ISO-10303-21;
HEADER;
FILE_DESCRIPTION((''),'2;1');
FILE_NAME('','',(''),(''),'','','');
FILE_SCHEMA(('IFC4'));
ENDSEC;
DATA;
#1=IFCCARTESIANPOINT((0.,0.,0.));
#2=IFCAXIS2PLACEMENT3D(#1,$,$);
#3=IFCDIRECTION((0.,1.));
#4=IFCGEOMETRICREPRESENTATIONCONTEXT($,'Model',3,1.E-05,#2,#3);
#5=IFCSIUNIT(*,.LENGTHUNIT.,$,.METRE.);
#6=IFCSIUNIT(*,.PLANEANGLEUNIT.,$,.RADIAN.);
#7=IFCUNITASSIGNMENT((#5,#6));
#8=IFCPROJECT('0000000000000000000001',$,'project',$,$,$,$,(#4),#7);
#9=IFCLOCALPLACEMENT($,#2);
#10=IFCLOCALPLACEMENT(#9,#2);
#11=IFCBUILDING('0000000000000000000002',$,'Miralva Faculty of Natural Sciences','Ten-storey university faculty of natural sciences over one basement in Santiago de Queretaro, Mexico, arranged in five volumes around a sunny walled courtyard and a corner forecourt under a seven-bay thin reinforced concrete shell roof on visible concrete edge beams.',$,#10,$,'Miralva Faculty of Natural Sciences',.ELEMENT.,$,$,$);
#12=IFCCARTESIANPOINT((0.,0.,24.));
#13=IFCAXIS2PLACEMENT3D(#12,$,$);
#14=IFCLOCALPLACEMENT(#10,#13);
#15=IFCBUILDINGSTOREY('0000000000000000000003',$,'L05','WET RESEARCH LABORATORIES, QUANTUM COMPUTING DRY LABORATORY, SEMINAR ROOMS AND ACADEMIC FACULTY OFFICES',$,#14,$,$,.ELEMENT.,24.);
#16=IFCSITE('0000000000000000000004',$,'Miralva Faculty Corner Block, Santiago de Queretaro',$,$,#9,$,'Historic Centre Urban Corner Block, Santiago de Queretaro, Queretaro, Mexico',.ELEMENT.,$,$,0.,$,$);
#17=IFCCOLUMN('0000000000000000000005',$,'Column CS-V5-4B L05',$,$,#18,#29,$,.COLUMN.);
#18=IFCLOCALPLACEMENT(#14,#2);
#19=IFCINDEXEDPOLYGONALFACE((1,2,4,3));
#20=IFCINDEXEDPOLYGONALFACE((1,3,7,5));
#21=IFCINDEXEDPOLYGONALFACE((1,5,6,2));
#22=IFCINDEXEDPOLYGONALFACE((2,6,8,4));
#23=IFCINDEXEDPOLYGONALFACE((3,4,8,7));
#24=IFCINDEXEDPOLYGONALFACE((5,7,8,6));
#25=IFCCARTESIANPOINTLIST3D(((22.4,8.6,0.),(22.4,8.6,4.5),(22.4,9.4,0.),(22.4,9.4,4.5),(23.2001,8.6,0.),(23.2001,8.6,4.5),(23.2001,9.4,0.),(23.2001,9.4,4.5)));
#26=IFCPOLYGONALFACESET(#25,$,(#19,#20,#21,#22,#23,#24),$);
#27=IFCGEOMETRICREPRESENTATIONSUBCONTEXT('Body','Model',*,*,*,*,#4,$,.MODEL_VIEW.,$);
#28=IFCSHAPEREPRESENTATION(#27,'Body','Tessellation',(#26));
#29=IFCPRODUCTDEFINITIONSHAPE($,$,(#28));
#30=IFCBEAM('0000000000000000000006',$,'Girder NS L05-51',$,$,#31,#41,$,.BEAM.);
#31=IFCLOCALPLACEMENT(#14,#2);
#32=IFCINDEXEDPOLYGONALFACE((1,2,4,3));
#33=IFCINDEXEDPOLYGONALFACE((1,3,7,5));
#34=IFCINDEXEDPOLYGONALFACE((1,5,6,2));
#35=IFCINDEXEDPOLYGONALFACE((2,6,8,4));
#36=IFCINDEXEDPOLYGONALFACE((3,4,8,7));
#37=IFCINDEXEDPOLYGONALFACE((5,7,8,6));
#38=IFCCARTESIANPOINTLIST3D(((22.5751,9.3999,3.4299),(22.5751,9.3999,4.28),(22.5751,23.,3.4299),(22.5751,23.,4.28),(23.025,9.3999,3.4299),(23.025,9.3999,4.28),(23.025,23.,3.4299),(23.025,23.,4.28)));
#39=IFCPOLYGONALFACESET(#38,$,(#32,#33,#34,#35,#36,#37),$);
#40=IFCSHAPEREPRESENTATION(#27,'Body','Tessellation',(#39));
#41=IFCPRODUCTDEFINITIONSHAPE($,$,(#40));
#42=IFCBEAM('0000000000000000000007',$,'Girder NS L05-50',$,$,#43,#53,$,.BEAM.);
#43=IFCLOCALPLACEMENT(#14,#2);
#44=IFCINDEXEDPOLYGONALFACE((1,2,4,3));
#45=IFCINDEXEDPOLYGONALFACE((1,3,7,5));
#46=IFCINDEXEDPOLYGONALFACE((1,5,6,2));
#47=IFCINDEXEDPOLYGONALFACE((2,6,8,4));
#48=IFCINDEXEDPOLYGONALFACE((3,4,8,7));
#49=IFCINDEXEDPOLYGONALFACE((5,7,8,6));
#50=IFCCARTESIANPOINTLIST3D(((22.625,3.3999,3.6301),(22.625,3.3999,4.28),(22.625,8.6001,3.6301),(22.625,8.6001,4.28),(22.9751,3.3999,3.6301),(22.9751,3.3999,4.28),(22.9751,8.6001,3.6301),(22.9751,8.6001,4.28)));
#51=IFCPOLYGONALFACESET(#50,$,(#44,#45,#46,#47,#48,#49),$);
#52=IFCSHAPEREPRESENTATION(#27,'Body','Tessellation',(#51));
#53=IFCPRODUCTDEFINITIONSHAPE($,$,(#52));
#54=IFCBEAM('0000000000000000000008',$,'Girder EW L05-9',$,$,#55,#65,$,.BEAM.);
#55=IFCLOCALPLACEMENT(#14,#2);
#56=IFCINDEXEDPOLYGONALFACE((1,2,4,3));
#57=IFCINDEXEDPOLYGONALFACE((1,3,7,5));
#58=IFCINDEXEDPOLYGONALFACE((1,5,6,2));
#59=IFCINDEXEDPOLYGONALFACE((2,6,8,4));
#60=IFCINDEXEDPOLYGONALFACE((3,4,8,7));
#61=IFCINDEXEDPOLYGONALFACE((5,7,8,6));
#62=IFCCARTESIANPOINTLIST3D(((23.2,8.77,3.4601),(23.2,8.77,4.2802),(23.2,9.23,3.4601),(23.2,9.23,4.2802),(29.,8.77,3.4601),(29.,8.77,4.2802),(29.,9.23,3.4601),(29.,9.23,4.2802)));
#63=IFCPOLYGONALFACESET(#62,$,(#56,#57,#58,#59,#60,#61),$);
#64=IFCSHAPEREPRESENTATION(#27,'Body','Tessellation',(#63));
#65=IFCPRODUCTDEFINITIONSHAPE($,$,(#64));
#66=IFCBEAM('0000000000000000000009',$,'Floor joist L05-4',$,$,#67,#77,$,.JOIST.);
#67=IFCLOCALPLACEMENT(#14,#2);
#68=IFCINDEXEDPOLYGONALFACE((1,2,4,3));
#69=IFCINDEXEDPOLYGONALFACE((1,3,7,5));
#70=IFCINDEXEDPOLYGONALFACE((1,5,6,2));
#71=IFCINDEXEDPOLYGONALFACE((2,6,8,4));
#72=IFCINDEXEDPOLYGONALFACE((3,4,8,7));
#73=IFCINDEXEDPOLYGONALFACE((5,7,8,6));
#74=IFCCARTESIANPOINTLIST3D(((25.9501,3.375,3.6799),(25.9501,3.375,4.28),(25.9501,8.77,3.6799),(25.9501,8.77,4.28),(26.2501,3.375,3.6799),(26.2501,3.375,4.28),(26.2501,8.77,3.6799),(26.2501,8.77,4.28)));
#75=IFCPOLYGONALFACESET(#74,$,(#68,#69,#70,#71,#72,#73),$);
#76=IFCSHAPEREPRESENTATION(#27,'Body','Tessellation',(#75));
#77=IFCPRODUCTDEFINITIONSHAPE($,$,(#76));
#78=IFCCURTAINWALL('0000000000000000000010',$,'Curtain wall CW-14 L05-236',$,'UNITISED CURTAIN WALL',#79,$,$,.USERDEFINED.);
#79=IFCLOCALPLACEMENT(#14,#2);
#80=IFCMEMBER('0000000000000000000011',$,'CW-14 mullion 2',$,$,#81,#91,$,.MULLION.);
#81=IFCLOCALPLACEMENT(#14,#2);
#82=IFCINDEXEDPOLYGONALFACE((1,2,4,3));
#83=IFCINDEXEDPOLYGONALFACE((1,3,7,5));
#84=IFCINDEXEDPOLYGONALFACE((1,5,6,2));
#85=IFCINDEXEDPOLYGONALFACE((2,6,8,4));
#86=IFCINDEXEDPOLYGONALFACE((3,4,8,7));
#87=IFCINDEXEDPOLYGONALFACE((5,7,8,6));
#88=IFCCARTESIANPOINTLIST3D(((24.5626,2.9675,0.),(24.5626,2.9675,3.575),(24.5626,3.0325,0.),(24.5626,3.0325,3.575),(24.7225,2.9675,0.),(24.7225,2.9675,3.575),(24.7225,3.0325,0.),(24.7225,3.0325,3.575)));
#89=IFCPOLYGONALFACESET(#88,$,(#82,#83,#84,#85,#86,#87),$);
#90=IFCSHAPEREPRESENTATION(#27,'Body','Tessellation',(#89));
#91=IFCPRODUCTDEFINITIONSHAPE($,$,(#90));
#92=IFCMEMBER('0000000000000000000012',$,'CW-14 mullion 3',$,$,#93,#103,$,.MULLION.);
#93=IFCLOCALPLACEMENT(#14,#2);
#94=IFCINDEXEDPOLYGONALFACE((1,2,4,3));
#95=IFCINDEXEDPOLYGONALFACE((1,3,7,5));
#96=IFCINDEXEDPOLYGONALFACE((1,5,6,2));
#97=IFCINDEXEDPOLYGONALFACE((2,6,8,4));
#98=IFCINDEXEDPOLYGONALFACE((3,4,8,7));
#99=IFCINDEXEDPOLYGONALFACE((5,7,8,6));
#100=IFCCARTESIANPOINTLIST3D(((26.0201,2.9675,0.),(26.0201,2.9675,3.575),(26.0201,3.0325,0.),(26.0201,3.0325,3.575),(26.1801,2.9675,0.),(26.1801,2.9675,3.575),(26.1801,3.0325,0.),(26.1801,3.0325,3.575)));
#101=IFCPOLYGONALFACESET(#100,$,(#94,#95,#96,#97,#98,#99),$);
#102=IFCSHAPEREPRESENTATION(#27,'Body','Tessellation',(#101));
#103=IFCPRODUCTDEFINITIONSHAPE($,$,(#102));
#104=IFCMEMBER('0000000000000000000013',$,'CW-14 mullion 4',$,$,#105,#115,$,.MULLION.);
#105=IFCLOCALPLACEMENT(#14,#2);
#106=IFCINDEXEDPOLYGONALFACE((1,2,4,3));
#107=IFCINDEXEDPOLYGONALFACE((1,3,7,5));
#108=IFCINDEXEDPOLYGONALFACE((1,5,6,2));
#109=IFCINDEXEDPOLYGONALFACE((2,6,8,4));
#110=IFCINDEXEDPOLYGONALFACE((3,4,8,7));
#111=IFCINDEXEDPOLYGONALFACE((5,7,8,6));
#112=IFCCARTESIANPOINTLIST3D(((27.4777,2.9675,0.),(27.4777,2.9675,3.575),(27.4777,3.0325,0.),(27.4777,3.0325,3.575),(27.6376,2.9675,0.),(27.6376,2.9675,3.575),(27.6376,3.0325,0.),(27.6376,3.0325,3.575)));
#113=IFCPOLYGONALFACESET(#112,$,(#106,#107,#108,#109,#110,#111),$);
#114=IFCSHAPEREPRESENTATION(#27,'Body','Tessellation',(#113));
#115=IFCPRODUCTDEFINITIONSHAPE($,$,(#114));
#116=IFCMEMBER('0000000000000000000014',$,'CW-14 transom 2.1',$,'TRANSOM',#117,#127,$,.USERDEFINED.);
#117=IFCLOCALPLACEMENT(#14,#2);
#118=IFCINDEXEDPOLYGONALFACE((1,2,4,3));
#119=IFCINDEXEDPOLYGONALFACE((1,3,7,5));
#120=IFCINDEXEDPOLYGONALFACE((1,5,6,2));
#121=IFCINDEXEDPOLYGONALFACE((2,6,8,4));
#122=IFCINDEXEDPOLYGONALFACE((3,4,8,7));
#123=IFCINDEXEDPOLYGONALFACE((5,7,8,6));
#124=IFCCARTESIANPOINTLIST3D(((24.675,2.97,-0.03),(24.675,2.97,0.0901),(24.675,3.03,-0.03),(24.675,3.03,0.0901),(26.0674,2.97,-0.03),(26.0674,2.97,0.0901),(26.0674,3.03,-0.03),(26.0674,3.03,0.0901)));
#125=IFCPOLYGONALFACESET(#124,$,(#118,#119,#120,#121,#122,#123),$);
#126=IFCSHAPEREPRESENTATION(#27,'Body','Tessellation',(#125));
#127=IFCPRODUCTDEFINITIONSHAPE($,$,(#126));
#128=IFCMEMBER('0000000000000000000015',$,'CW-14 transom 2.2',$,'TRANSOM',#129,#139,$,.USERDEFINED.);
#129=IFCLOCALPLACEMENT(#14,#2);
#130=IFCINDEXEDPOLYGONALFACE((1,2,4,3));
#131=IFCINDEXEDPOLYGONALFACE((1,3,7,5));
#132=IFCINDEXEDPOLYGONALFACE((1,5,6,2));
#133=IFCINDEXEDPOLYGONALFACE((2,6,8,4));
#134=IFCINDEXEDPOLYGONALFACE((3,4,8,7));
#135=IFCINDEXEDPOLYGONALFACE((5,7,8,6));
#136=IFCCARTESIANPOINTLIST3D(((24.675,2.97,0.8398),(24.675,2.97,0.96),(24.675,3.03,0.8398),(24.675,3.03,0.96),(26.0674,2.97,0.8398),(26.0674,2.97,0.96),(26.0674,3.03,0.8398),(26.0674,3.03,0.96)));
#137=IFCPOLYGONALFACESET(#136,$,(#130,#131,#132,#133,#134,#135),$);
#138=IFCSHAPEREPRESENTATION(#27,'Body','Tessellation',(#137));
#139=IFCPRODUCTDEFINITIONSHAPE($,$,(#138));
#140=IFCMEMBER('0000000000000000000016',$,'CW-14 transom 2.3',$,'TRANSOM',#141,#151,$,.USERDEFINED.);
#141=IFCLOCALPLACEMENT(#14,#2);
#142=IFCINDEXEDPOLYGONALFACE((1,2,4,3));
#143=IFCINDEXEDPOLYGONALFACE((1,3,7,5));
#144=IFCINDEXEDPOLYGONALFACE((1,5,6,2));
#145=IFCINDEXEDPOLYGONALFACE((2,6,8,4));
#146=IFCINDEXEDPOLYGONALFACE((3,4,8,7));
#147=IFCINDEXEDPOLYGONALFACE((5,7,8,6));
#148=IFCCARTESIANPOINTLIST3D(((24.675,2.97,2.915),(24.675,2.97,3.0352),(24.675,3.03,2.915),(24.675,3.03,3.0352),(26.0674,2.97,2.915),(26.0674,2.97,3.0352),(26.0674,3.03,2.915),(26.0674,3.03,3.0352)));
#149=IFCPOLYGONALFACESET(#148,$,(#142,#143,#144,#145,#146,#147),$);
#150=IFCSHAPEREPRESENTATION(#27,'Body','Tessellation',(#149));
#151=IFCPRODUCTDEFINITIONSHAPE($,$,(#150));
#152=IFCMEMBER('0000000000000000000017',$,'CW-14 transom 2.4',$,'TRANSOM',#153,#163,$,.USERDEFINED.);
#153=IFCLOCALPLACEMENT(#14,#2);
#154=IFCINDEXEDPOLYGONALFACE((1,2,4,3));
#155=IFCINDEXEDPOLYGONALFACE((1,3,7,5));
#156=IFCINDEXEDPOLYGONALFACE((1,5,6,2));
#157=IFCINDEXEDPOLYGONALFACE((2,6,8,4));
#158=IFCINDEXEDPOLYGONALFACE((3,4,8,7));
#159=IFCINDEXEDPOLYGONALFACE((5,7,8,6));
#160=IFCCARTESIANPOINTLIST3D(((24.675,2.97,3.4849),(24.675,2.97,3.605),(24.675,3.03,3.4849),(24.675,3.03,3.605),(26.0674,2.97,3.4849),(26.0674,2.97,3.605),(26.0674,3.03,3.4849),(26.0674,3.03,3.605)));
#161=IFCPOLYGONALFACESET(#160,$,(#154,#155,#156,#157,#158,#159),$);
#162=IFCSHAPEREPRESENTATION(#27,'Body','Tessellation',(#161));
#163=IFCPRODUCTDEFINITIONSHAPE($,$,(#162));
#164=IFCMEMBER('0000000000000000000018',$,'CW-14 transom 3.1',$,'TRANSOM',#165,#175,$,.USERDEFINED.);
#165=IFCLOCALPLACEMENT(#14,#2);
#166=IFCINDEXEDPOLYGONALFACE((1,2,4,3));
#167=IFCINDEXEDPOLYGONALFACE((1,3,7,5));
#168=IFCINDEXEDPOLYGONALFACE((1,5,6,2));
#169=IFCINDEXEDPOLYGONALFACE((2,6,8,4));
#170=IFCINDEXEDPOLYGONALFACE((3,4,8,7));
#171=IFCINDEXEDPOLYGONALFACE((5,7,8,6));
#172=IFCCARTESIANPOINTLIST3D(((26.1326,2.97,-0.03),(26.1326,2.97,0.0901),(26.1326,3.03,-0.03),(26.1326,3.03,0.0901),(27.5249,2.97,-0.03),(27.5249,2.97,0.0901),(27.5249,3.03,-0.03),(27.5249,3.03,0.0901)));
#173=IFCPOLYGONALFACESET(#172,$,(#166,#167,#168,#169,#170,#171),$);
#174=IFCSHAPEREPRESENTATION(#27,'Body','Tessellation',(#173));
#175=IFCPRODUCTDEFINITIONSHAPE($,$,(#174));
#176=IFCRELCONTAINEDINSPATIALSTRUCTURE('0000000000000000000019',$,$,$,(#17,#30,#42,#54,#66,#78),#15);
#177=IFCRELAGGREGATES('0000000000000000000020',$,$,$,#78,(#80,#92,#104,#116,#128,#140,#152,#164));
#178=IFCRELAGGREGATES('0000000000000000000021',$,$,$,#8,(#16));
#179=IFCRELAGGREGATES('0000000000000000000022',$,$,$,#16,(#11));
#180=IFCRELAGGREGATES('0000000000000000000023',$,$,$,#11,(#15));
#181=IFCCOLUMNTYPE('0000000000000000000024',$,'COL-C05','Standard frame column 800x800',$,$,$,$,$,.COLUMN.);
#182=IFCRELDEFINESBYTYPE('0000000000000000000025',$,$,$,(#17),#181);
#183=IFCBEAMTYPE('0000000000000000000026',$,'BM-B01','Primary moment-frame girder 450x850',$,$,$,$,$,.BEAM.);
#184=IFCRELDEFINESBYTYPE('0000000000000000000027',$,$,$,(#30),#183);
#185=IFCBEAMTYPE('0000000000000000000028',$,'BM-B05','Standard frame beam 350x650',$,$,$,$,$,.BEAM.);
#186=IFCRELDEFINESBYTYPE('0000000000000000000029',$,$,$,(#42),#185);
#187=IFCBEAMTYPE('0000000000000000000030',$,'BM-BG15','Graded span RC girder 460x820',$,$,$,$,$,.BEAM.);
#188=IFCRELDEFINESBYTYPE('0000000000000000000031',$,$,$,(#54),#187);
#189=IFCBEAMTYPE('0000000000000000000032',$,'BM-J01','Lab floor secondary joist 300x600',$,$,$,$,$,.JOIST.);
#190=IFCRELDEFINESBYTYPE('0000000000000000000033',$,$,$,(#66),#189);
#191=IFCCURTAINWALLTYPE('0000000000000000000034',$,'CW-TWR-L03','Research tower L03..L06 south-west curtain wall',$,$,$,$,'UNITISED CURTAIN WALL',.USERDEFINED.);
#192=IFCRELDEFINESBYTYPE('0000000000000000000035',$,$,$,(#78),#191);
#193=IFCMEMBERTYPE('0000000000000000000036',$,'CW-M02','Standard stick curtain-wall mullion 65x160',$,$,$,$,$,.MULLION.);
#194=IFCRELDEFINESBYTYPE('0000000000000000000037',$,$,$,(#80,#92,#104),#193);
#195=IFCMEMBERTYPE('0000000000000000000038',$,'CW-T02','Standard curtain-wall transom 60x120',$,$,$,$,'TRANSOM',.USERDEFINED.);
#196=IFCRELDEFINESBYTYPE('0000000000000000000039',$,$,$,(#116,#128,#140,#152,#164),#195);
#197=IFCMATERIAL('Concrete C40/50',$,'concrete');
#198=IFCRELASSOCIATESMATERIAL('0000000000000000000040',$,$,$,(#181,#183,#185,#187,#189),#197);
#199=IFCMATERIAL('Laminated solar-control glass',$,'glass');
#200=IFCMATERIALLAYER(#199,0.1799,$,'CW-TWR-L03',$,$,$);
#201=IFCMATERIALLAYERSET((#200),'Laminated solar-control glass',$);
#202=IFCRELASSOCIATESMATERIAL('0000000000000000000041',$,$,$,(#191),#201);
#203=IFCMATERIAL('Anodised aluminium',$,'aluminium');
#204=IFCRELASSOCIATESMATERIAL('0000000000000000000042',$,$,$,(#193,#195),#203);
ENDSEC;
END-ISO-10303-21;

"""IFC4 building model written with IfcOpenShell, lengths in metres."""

from ifc_helpers import new_model, si_unit, direction, frame, origin, origin_2d, place, context, subcontext, project, spatial, rectangle, extrude, material, layer, layer_set, material_profile, profile_set, type_object, element, aggregate, save


model = new_model("IFC4")

# Units and contexts
model_context = context("Model", 3, precision=1e-05, world=origin(), true_north=direction((0.0, 1.0)))
body_context = subcontext(model_context, "Body", "Model", "MODEL_VIEW")
ifc_project = project(units=[si_unit("LENGTHUNIT", "METRE"), si_unit("PLANEANGLEUNIT", "RADIAN")], contexts=[model_context])

# Site, building, storey
site_placement = place(None, origin())
site = spatial("IfcSite", under=ifc_project, at=site_placement, Name="Miralva Faculty Corner Block, Santiago de Queretaro", LongName="Historic Centre Urban Corner Block, Santiago de Queretaro, Queretaro, Mexico", CompositionType="ELEMENT", RefElevation=0.0)
building_placement = place(site_placement, origin())
building = spatial("IfcBuilding", under=site, at=building_placement, Name="Miralva Faculty of Natural Sciences", Description="Ten-storey university faculty of natural sciences over one basement in Santiago de Queretaro, Mexico, arranged in five volumes around a sunny walled courtyard and a corner forecourt under a seven-bay thin reinforced concrete shell roof on visible concrete edge beams.", LongName="Miralva Faculty of Natural Sciences", CompositionType="ELEMENT")
storey_placement = place(building_placement, frame((0.0, 0.0, 24.0)))
storey = spatial("IfcBuildingStorey", under=building, at=storey_placement, Name="L05", Description="WET RESEARCH LABORATORIES, QUANTUM COMPUTING DRY LABORATORY, SEMINAR ROOMS AND ACADEMIC FACULTY OFFICES", CompositionType="ELEMENT", Elevation=24.0)

# Column
ifc_material_1 = material(Name="Concrete C40/50", Category="concrete")
ifc_material_profile_1 = material_profile(ifc_material_1, rectangle(XDim=0.8, YDim=0.8, at=origin_2d()), Name="RC 800x800")
ifc_profile_set_1 = profile_set([ifc_material_profile_1], Name="Concrete C40/50")
column_type = type_object("IfcColumnType", Name="COL-C05", Description="Standard frame column 800x800", PredefinedType="COLUMN", material=ifc_profile_set_1)
column_placement = place(storey_placement, frame((22.8, 9.0, 0.0), z_axis=(0.0, 0.0, 1.0), x_axis=(1.0, 0.0, 0.0)))
element("IfcColumn", 1, at=column_placement, inside=storey, type_object=column_type, Name="Column CS-V5-4B L05", PredefinedType="COLUMN", context=body_context, shape_type="SweptSolid", body=[
    extrude(rectangle(XDim=0.8, YDim=0.8, at=origin_2d()), origin(), (0.0, 0.0, 1.0), 4.5),
])

# Beams
ifc_material_profile_2 = material_profile(ifc_material_1, rectangle(XDim=0.45, YDim=0.8501, at=origin_2d()), Name="RC 450x850")
ifc_profile_set_2 = profile_set([ifc_material_profile_2], Name="Concrete C40/50")
beam_type_1 = type_object("IfcBeamType", Name="BM-B01", Description="Primary moment-frame girder 450x850", PredefinedType="BEAM", material=ifc_profile_set_2)
beam_1_placement = place(storey_placement, frame((22.8, 9.3999, 3.855), z_axis=(0.0, 1.0, 0.0), x_axis=(-1.0, 0.0, 0.0)))
element("IfcBeam", 2, at=beam_1_placement, inside=storey, type_object=beam_type_1, Name="Girder NS L05-51", PredefinedType="BEAM", context=body_context, shape_type="SweptSolid", body=[
    extrude(rectangle(XDim=0.45, YDim=0.8501, at=origin_2d()), origin(), (0.0, 0.0, 1.0), 13.6001),
])
ifc_material_profile_3 = material_profile(ifc_material_1, rectangle(XDim=0.3501, YDim=0.6499, at=origin_2d()), Name="RC 350x650")
ifc_profile_set_3 = profile_set([ifc_material_profile_3], Name="Concrete C40/50")
beam_type_2 = type_object("IfcBeamType", Name="BM-B05", Description="Standard frame beam 350x650", PredefinedType="BEAM", material=ifc_profile_set_3)
beam_2_placement = place(storey_placement, frame((22.8, 3.3999, 3.9551), z_axis=(0.0, 1.0, 0.0), x_axis=(-1.0, 0.0, 0.0)))
element("IfcBeam", 3, at=beam_2_placement, inside=storey, type_object=beam_type_2, Name="Girder NS L05-50", PredefinedType="BEAM", context=body_context, shape_type="SweptSolid", body=[
    extrude(rectangle(XDim=0.3501, YDim=0.6499, at=origin_2d()), origin(), (0.0, 0.0, 1.0), 5.2002),
])
ifc_material_profile_4 = material_profile(ifc_material_1, rectangle(XDim=0.46, YDim=0.8201, at=origin_2d()), Name="RC 460x820")
ifc_profile_set_4 = profile_set([ifc_material_profile_4], Name="Concrete C40/50")
beam_type_3 = type_object("IfcBeamType", Name="BM-BG15", Description="Graded span RC girder 460x820", PredefinedType="BEAM", material=ifc_profile_set_4)
beam_3_placement = place(storey_placement, frame((23.2, 9.0, 3.8701), z_axis=(1.0, 0.0, 0.0), x_axis=(0.0, 1.0, 0.0)))
element("IfcBeam", 4, at=beam_3_placement, inside=storey, type_object=beam_type_3, Name="Girder EW L05-9", PredefinedType="BEAM", context=body_context, shape_type="SweptSolid", body=[
    extrude(rectangle(XDim=0.46, YDim=0.8201, at=origin_2d()), origin(), (0.0, 0.0, 1.0), 5.8),
])
ifc_material_profile_5 = material_profile(ifc_material_1, rectangle(XDim=0.3, YDim=0.6001, at=origin_2d()), Name="RC 300x600")
ifc_profile_set_5 = profile_set([ifc_material_profile_5], Name="Concrete C40/50")
beam_type_4 = type_object("IfcBeamType", Name="BM-J01", Description="Lab floor secondary joist 300x600", PredefinedType="JOIST", material=ifc_profile_set_5)
beam_4_placement = place(storey_placement, frame((26.1001, 3.375, 3.98), z_axis=(0.0, 1.0, 0.0), x_axis=(-1.0, 0.0, 0.0)))
element("IfcBeam", 5, at=beam_4_placement, inside=storey, type_object=beam_type_4, Name="Floor joist L05-4", PredefinedType="JOIST", context=body_context, shape_type="SweptSolid", body=[
    extrude(rectangle(XDim=0.3, YDim=0.6001, at=origin_2d()), origin(), (0.0, 0.0, 1.0), 5.395),
])

# Curtain wall, members
ifc_material_2 = material(Name="Laminated solar-control glass", Category="glass")
ifc_layer_1 = layer(ifc_material_2, 0.1799, Name="CW-TWR-L03")
ifc_layer_set_1 = layer_set([ifc_layer_1], Name="Laminated solar-control glass")
curtain_wall_type = type_object("IfcCurtainWallType", Name="CW-TWR-L03", Description="Research tower L03..L06 south-west curtain wall", ElementType="UNITISED CURTAIN WALL", PredefinedType="USERDEFINED", material=ifc_layer_set_1)
curtain_wall_placement = place(storey_placement, origin())
curtain_wall = element("IfcCurtainWall", 6, at=curtain_wall_placement, inside=storey, type_object=curtain_wall_type, Name="Curtain wall CW-14 L05-236", ObjectType="UNITISED CURTAIN WALL", PredefinedType="USERDEFINED")
ifc_material_3 = material(Name="Anodised aluminium", Category="aluminium")
ifc_material_profile_6 = material_profile(ifc_material_3, rectangle(XDim=0.0649, YDim=0.1599, at=origin_2d()), Name="MULLION 65x160")
ifc_profile_set_6 = profile_set([ifc_material_profile_6], Name="Anodised aluminium")
member_type_1 = type_object("IfcMemberType", Name="CW-M02", Description="Standard stick curtain-wall mullion 65x160", PredefinedType="MULLION", material=ifc_profile_set_6)
member_1_placement = place(storey_placement, frame((24.6426, 3.0, 0.0), z_axis=(0.0, 0.0, 1.0), x_axis=(0.0, 1.0, 0.0)))
member_1 = element("IfcMember", 7, at=member_1_placement, type_object=member_type_1, Name="CW-14 mullion 2", PredefinedType="MULLION", context=body_context, shape_type="SweptSolid", body=[
    extrude(rectangle(XDim=0.0649, YDim=0.1599, at=origin_2d()), origin(), (0.0, 0.0, 1.0), 3.575),
])
member_2_placement = place(storey_placement, frame((26.1001, 3.0, 0.0), z_axis=(0.0, 0.0, 1.0), x_axis=(0.0, 1.0, 0.0)))
member_2 = element("IfcMember", 8, at=member_2_placement, type_object=member_type_1, Name="CW-14 mullion 3", PredefinedType="MULLION", context=body_context, shape_type="SweptSolid", body=[
    extrude(rectangle(XDim=0.0649, YDim=0.1599, at=origin_2d()), origin(), (0.0, 0.0, 1.0), 3.575),
])
member_3_placement = place(storey_placement, frame((27.5576, 3.0, 0.0), z_axis=(0.0, 0.0, 1.0), x_axis=(0.0, 1.0, 0.0)))
member_3 = element("IfcMember", 9, at=member_3_placement, type_object=member_type_1, Name="CW-14 mullion 4", PredefinedType="MULLION", context=body_context, shape_type="SweptSolid", body=[
    extrude(rectangle(XDim=0.0649, YDim=0.1599, at=origin_2d()), origin(), (0.0, 0.0, 1.0), 3.575),
])
ifc_material_profile_7 = material_profile(ifc_material_3, rectangle(XDim=0.0601, YDim=0.1201, at=origin_2d()), Name="TRANSOM 60x120")
ifc_profile_set_7 = profile_set([ifc_material_profile_7], Name="Anodised aluminium")
member_type_2 = type_object("IfcMemberType", Name="CW-T02", Description="Standard curtain-wall transom 60x120", ElementType="TRANSOM", PredefinedType="USERDEFINED", material=ifc_profile_set_7)
member_4_placement = place(storey_placement, frame((24.675, 3.0, 0.03), z_axis=(1.0, 0.0, 0.0), x_axis=(0.0, 1.0, 0.0)))
member_4 = element("IfcMember", 10, at=member_4_placement, type_object=member_type_2, Name="CW-14 transom 2.1", ObjectType="TRANSOM", PredefinedType="USERDEFINED", context=body_context, shape_type="SweptSolid", body=[
    extrude(rectangle(XDim=0.0601, YDim=0.1201, at=origin_2d()), origin(), (0.0, 0.0, 1.0), 1.3923),
])
member_5_placement = place(storey_placement, frame((24.675, 3.0, 0.8999), z_axis=(1.0, 0.0, 0.0), x_axis=(0.0, 1.0, 0.0)))
member_5 = element("IfcMember", 11, at=member_5_placement, type_object=member_type_2, Name="CW-14 transom 2.2", ObjectType="TRANSOM", PredefinedType="USERDEFINED", context=body_context, shape_type="SweptSolid", body=[
    extrude(rectangle(XDim=0.0601, YDim=0.1201, at=origin_2d()), origin(), (0.0, 0.0, 1.0), 1.3923),
])
member_6_placement = place(storey_placement, frame((24.675, 3.0, 2.9751), z_axis=(1.0, 0.0, 0.0), x_axis=(0.0, 1.0, 0.0)))
member_6 = element("IfcMember", 12, at=member_6_placement, type_object=member_type_2, Name="CW-14 transom 2.3", ObjectType="TRANSOM", PredefinedType="USERDEFINED", context=body_context, shape_type="SweptSolid", body=[
    extrude(rectangle(XDim=0.0601, YDim=0.1201, at=origin_2d()), origin(), (0.0, 0.0, 1.0), 1.3923),
])
member_7_placement = place(storey_placement, frame((24.675, 3.0, 3.5449), z_axis=(1.0, 0.0, 0.0), x_axis=(0.0, 1.0, 0.0)))
member_7 = element("IfcMember", 13, at=member_7_placement, type_object=member_type_2, Name="CW-14 transom 2.4", ObjectType="TRANSOM", PredefinedType="USERDEFINED", context=body_context, shape_type="SweptSolid", body=[
    extrude(rectangle(XDim=0.0601, YDim=0.1201, at=origin_2d()), origin(), (0.0, 0.0, 1.0), 1.3923),
])
member_8_placement = place(storey_placement, frame((26.1326, 3.0, 0.03), z_axis=(1.0, 0.0, 0.0), x_axis=(0.0, 1.0, 0.0)))
member_8 = element("IfcMember", 14, at=member_8_placement, type_object=member_type_2, Name="CW-14 transom 3.1", ObjectType="TRANSOM", PredefinedType="USERDEFINED", context=body_context, shape_type="SweptSolid", body=[
    extrude(rectangle(XDim=0.0601, YDim=0.1201, at=origin_2d()), origin(), (0.0, 0.0, 1.0), 1.3923),
])
aggregate(curtain_wall, [member_1, member_2, member_3, member_4, member_5, member_6, member_7, member_8])

save(model, "model.ifc")
